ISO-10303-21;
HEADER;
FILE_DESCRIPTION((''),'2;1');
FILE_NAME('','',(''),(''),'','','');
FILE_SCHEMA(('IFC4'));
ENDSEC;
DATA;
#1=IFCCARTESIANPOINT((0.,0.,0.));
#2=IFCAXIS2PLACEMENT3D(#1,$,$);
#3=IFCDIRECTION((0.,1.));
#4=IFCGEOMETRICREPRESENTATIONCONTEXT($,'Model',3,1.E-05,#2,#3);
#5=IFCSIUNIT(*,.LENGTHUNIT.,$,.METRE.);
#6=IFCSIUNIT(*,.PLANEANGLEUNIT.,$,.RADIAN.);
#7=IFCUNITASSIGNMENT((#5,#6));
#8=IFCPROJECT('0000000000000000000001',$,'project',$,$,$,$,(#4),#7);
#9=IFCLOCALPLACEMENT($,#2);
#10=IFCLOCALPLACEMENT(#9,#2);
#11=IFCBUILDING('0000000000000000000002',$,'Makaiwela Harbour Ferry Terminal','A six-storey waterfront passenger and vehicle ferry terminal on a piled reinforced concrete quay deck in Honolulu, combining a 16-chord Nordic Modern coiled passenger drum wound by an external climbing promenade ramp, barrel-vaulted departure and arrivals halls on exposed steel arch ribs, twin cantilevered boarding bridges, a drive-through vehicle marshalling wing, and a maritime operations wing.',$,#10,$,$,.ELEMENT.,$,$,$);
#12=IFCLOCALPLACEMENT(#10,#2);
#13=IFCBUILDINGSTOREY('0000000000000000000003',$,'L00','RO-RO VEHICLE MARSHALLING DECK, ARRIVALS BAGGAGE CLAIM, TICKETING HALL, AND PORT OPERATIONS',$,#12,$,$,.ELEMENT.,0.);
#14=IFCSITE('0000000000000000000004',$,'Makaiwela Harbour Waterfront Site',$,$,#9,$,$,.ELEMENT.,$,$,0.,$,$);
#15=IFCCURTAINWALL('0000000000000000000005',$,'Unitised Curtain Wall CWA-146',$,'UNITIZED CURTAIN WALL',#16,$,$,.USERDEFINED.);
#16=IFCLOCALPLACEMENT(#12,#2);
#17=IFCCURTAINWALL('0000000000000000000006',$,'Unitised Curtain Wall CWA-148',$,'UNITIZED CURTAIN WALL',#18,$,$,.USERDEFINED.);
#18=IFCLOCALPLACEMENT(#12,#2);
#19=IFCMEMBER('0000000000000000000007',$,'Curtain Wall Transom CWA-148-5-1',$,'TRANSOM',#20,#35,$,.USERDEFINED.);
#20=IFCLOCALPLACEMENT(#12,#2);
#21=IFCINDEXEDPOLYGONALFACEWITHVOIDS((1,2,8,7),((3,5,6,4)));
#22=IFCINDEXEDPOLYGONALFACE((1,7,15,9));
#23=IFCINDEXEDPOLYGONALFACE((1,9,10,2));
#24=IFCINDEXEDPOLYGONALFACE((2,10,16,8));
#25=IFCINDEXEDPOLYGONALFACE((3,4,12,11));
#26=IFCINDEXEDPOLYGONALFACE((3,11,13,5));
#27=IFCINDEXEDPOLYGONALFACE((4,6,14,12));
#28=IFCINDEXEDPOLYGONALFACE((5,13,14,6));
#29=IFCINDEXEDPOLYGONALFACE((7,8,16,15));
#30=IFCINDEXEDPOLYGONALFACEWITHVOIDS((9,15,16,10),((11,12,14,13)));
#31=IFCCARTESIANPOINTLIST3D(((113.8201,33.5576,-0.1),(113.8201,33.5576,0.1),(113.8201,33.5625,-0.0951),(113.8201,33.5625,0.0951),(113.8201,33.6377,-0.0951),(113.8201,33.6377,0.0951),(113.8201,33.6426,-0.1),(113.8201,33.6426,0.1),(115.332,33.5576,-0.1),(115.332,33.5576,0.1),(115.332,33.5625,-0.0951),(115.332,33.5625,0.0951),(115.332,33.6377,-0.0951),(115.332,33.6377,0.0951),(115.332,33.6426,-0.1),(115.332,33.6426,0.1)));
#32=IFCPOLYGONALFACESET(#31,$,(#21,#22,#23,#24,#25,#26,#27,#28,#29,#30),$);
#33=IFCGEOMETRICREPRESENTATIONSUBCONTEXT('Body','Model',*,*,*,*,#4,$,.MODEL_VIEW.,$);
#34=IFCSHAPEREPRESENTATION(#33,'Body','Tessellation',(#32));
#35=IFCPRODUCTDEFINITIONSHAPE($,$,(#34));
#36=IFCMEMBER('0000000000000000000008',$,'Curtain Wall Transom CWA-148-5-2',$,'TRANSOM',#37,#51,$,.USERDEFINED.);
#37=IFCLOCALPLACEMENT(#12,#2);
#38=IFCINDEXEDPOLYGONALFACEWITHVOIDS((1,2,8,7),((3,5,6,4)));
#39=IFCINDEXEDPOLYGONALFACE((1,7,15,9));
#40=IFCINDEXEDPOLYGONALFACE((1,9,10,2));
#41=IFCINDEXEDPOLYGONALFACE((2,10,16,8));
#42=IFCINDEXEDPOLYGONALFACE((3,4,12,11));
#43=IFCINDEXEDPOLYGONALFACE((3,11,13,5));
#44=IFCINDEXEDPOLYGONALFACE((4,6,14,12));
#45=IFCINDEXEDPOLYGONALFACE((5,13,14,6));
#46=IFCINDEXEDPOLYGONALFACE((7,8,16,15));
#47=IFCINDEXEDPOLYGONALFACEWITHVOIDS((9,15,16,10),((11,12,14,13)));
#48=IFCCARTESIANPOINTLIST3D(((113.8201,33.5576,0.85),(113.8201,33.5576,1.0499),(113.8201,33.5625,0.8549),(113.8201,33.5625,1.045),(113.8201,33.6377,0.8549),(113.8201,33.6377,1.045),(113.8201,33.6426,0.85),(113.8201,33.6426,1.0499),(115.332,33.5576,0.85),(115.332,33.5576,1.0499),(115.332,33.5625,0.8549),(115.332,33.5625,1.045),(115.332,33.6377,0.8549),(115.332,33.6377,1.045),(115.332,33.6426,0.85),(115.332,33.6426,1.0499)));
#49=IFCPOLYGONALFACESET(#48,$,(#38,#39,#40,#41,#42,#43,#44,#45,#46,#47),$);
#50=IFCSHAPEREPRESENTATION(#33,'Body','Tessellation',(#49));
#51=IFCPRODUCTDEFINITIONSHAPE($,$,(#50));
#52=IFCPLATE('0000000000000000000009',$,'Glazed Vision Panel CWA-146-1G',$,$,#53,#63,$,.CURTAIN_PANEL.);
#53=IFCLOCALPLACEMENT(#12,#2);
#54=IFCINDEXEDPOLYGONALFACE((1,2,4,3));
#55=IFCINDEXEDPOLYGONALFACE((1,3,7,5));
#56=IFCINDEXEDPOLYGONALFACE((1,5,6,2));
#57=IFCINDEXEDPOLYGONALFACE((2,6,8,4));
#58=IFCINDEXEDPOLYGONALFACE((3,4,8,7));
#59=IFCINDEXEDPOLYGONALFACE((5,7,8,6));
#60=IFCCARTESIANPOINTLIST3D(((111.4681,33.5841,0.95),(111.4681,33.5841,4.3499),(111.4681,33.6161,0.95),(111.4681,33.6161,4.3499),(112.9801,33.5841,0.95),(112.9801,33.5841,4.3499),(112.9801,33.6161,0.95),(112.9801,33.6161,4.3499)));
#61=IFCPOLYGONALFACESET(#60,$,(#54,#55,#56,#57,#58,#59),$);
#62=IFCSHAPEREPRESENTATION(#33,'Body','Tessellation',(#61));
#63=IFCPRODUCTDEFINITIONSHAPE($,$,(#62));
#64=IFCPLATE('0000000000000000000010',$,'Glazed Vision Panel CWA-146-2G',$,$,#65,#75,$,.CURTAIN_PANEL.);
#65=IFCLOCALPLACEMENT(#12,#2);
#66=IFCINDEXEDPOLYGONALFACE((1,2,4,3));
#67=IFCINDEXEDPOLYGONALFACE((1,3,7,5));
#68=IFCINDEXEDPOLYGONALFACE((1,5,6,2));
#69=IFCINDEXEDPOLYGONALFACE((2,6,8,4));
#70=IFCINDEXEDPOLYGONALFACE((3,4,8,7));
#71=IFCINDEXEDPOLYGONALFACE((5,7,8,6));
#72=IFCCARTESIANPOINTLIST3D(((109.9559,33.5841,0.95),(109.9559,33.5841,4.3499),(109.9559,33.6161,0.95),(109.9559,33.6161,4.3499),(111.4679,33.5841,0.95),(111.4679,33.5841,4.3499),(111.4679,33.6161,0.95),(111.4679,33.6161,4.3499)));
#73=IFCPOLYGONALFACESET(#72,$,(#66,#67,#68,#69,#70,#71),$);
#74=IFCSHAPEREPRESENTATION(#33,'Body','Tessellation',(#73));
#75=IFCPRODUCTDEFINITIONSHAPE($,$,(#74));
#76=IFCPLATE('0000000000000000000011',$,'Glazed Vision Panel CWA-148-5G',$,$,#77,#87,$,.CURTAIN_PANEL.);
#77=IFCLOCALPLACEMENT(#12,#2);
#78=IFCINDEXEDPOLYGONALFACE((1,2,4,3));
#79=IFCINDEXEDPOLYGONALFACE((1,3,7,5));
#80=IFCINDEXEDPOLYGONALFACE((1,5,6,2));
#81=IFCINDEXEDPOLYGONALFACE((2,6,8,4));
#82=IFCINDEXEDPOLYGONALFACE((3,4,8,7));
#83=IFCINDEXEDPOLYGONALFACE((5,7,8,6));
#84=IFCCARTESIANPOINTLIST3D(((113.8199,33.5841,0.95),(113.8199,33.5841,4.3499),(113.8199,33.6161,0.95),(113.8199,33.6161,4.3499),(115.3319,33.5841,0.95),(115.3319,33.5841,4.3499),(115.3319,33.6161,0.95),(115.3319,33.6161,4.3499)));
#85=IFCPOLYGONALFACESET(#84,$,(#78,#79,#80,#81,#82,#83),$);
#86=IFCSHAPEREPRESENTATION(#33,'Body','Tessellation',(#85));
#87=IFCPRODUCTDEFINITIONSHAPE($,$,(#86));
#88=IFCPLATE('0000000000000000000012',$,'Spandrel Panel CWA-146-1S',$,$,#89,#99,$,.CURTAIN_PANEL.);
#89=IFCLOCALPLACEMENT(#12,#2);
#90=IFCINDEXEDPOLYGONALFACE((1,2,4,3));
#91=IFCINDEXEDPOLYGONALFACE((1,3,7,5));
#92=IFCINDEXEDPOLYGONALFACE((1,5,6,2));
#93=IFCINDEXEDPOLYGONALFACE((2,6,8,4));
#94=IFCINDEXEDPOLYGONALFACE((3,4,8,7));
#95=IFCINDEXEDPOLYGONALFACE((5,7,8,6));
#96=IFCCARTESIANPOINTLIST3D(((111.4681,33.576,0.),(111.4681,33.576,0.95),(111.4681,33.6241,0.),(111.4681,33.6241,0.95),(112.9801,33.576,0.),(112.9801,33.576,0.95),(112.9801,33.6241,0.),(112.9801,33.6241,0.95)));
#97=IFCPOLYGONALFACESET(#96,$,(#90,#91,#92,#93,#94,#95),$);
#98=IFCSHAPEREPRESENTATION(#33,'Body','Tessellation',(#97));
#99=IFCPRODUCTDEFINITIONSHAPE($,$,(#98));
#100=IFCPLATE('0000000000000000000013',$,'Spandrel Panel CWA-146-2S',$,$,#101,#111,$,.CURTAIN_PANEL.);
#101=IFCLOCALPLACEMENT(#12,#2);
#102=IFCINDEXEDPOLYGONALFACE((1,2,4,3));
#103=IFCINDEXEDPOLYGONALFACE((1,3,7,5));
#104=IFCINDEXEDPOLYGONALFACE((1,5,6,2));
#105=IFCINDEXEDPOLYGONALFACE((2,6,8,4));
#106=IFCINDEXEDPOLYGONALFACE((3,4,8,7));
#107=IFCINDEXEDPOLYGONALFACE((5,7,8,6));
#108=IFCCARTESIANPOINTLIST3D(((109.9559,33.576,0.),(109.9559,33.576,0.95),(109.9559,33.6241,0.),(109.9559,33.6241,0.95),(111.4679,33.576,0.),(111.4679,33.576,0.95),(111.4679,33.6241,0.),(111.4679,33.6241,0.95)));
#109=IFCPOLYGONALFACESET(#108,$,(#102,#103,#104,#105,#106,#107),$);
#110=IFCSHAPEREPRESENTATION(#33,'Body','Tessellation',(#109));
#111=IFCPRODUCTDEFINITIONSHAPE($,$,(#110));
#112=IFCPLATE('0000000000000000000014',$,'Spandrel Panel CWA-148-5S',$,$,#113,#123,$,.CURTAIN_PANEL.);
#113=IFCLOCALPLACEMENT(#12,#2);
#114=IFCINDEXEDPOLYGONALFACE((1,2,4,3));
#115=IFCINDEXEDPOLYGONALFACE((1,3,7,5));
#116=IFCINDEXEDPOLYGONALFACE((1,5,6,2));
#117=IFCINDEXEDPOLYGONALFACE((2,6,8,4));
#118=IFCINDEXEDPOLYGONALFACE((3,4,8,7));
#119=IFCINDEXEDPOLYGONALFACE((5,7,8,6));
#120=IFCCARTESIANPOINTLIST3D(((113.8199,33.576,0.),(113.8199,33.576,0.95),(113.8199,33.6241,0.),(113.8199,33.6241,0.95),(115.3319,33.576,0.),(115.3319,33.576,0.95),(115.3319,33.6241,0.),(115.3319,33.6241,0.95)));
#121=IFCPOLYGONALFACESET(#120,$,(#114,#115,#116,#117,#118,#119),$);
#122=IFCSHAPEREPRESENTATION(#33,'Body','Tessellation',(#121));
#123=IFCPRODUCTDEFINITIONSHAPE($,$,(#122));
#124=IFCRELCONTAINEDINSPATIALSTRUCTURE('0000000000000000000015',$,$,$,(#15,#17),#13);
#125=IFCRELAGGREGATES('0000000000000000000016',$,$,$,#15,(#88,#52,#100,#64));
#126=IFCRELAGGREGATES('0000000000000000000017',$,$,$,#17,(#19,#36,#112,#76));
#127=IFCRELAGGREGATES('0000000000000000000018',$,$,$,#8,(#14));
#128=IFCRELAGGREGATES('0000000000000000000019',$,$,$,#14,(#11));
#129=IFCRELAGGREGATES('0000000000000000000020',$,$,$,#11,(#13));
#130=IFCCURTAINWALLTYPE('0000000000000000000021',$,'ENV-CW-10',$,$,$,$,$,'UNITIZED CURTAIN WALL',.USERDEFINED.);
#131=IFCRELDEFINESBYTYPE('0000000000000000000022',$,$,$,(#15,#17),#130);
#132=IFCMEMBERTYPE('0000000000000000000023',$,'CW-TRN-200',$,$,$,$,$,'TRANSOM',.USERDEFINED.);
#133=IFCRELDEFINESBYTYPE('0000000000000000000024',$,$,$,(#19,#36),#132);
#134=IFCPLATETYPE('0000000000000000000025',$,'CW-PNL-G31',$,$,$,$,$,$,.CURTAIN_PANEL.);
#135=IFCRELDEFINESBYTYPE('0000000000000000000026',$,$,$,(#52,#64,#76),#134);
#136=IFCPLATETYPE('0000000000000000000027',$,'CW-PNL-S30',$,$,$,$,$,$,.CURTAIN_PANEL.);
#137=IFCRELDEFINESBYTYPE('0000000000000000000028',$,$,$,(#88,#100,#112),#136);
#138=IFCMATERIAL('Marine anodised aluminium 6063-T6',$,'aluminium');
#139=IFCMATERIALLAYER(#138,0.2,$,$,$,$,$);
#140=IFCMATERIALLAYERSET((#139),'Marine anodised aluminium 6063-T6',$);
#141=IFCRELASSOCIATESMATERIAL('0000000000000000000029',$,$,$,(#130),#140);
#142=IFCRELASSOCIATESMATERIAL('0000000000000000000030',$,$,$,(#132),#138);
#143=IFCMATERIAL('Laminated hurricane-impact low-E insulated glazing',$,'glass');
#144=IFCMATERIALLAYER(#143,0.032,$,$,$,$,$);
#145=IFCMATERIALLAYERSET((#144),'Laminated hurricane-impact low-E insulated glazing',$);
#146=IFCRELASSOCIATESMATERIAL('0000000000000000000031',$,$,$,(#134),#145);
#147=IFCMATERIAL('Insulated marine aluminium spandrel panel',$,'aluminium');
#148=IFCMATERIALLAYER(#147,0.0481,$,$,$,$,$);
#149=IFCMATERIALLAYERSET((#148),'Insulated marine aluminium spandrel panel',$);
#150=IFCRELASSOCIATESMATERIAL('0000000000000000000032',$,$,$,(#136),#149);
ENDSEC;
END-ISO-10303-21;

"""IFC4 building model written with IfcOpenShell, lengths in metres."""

from ifc_helpers import new_model, si_unit, direction, frame, origin, origin_2d, place, context, subcontext, project, spatial, rectangle, hollow_rectangle, extrude, material, layer, layer_set, material_profile, profile_set, type_object, element, aggregate, save


model = new_model("IFC4")

# Units and contexts
model_context = context("Model", 3, precision=1e-05, world=origin(), true_north=direction((0.0, 1.0)))
body_context = subcontext(model_context, "Body", "Model", "MODEL_VIEW")
ifc_project = project(units=[si_unit("LENGTHUNIT", "METRE"), si_unit("PLANEANGLEUNIT", "RADIAN")], contexts=[model_context])

# Site, building, storey
site_placement = place(None, origin())
site = spatial("IfcSite", under=ifc_project, at=site_placement, Name="Makaiwela Harbour Waterfront Site", CompositionType="ELEMENT", RefElevation=0.0)
building_placement = place(site_placement, origin())
building = spatial("IfcBuilding", under=site, at=building_placement, Name="Makaiwela Harbour Ferry Terminal", Description="A six-storey waterfront passenger and vehicle ferry terminal on a piled reinforced concrete quay deck in Honolulu, combining a 16-chord Nordic Modern coiled passenger drum wound by an external climbing promenade ramp, barrel-vaulted departure and arrivals halls on exposed steel arch ribs, twin cantilevered boarding bridges, a drive-through vehicle marshalling wing, and a maritime operations wing.", CompositionType="ELEMENT")
storey_placement = place(building_placement, origin())
storey = spatial("IfcBuildingStorey", under=building, at=storey_placement, Name="L00", Description="RO-RO VEHICLE MARSHALLING DECK, ARRIVALS BAGGAGE CLAIM, TICKETING HALL, AND PORT OPERATIONS", CompositionType="ELEMENT", Elevation=0.0)

# Curtain walls
ifc_material_1 = material(Name="Marine anodised aluminium 6063-T6", Category="aluminium")
ifc_layer_1 = layer(ifc_material_1, 0.2)
ifc_layer_set_1 = layer_set([ifc_layer_1], Name="Marine anodised aluminium 6063-T6")
curtain_wall_type = type_object("IfcCurtainWallType", Name="ENV-CW-10", ElementType="UNITIZED CURTAIN WALL", PredefinedType="USERDEFINED", material=ifc_layer_set_1)
curtain_wall_1_placement = place(storey_placement, origin())
curtain_wall_1 = element("IfcCurtainWall", 1, at=curtain_wall_1_placement, inside=storey, type_object=curtain_wall_type, Name="Unitised Curtain Wall CWA-146", ObjectType="UNITIZED CURTAIN WALL", PredefinedType="USERDEFINED")
curtain_wall_2_placement = place(storey_placement, origin())
curtain_wall_2 = element("IfcCurtainWall", 2, at=curtain_wall_2_placement, inside=storey, type_object=curtain_wall_type, Name="Unitised Curtain Wall CWA-148", ObjectType="UNITIZED CURTAIN WALL", PredefinedType="USERDEFINED")

# Members
ifc_material_profile_1 = material_profile(ifc_material_1, hollow_rectangle(XDim=0.085, YDim=0.2, WallThickness=0.0049, at=origin_2d()), Name="CWT-200X85")
ifc_profile_set_1 = profile_set([ifc_material_profile_1], Name="Marine anodised aluminium 6063-T6")
member_type_1 = type_object("IfcMemberType", Name="CW-TRN-200", ElementType="TRANSOM", PredefinedType="USERDEFINED", material=ifc_profile_set_1)
member_1_placement = place(storey_placement, frame((115.332, 33.6001, 0.0), z_axis=(-1.0, 0.0, 0.0), x_axis=(0.0, -1.0, 0.0)))
member_1 = element("IfcMember", 3, at=member_1_placement, type_object=member_type_1, Name="Curtain Wall Transom CWA-148-5-1", ObjectType="TRANSOM", PredefinedType="USERDEFINED", context=body_context, shape_type="SweptSolid", body=[
    extrude(hollow_rectangle(XDim=0.085, YDim=0.2, WallThickness=0.0049, at=origin_2d()), origin(), (0.0, 0.0, 1.0), 1.512),
])
member_2_placement = place(storey_placement, frame((115.332, 33.6001, 0.95), z_axis=(-1.0, 0.0, 0.0), x_axis=(0.0, -1.0, 0.0)))
member_2 = element("IfcMember", 4, at=member_2_placement, type_object=member_type_1, Name="Curtain Wall Transom CWA-148-5-2", ObjectType="TRANSOM", PredefinedType="USERDEFINED", context=body_context, shape_type="SweptSolid", body=[
    extrude(hollow_rectangle(XDim=0.085, YDim=0.2, WallThickness=0.0049, at=origin_2d()), origin(), (0.0, 0.0, 1.0), 1.512),
])

# Plates
ifc_material_2 = material(Name="Laminated hurricane-impact low-E insulated glazing", Category="glass")
ifc_layer_2 = layer(ifc_material_2, 0.032)
ifc_layer_set_2 = layer_set([ifc_layer_2], Name="Laminated hurricane-impact low-E insulated glazing")
plate_type_1 = type_object("IfcPlateType", Name="CW-PNL-G31", PredefinedType="CURTAIN_PANEL", material=ifc_layer_set_2)
plate_1_placement = place(storey_placement, frame((112.2241, 33.6001, 0.95), z_axis=(0.0, 0.0, 1.0), x_axis=(-1.0, 0.0, 0.0)))
plate_1 = element("IfcPlate", 5, at=plate_1_placement, type_object=plate_type_1, Name="Glazed Vision Panel CWA-146-1G", PredefinedType="CURTAIN_PANEL", context=body_context, shape_type="SweptSolid", body=[
    extrude(rectangle(XDim=1.512, YDim=0.032, at=origin_2d()), origin(), (0.0, 0.0, 1.0), 3.3999),
])
plate_2_placement = place(storey_placement, frame((110.7119, 33.6001, 0.95), z_axis=(0.0, 0.0, 1.0), x_axis=(-1.0, 0.0, 0.0)))
plate_2 = element("IfcPlate", 6, at=plate_2_placement, type_object=plate_type_1, Name="Glazed Vision Panel CWA-146-2G", PredefinedType="CURTAIN_PANEL", context=body_context, shape_type="SweptSolid", body=[
    extrude(rectangle(XDim=1.512, YDim=0.032, at=origin_2d()), origin(), (0.0, 0.0, 1.0), 3.3999),
])
plate_3_placement = place(storey_placement, frame((114.5759, 33.6001, 0.95), z_axis=(0.0, 0.0, 1.0), x_axis=(-1.0, 0.0, 0.0)))
plate_3 = element("IfcPlate", 7, at=plate_3_placement, type_object=plate_type_1, Name="Glazed Vision Panel CWA-148-5G", PredefinedType="CURTAIN_PANEL", context=body_context, shape_type="SweptSolid", body=[
    extrude(rectangle(XDim=1.512, YDim=0.032, at=origin_2d()), origin(), (0.0, 0.0, 1.0), 3.3999),
])
ifc_material_3 = material(Name="Insulated marine aluminium spandrel panel", Category="aluminium")
ifc_layer_3 = layer(ifc_material_3, 0.0481)
ifc_layer_set_3 = layer_set([ifc_layer_3], Name="Insulated marine aluminium spandrel panel")
plate_type_2 = type_object("IfcPlateType", Name="CW-PNL-S30", PredefinedType="CURTAIN_PANEL", material=ifc_layer_set_3)
plate_4_placement = place(storey_placement, frame((112.2241, 33.6001, 0.0), z_axis=(0.0, 0.0, 1.0), x_axis=(-1.0, 0.0, 0.0)))
plate_4 = element("IfcPlate", 8, at=plate_4_placement, type_object=plate_type_2, Name="Spandrel Panel CWA-146-1S", PredefinedType="CURTAIN_PANEL", context=body_context, shape_type="SweptSolid", body=[
    extrude(rectangle(XDim=1.512, YDim=0.0481, at=origin_2d()), origin(), (0.0, 0.0, 1.0), 0.95),
])
plate_5_placement = place(storey_placement, frame((110.7119, 33.6001, 0.0), z_axis=(0.0, 0.0, 1.0), x_axis=(-1.0, 0.0, 0.0)))
plate_5 = element("IfcPlate", 9, at=plate_5_placement, type_object=plate_type_2, Name="Spandrel Panel CWA-146-2S", PredefinedType="CURTAIN_PANEL", context=body_context, shape_type="SweptSolid", body=[
    extrude(rectangle(XDim=1.512, YDim=0.0481, at=origin_2d()), origin(), (0.0, 0.0, 1.0), 0.95),
])
aggregate(curtain_wall_1, [plate_4, plate_1, plate_5, plate_2])
plate_6_placement = place(storey_placement, frame((114.5759, 33.6001, 0.0), z_axis=(0.0, 0.0, 1.0), x_axis=(-1.0, 0.0, 0.0)))
plate_6 = element("IfcPlate", 10, at=plate_6_placement, type_object=plate_type_2, Name="Spandrel Panel CWA-148-5S", PredefinedType="CURTAIN_PANEL", context=body_context, shape_type="SweptSolid", body=[
    extrude(rectangle(XDim=1.512, YDim=0.0481, at=origin_2d()), origin(), (0.0, 0.0, 1.0), 0.95),
])
aggregate(curtain_wall_2, [member_1, member_2, plate_6, plate_3])

save(model, "model.ifc")
